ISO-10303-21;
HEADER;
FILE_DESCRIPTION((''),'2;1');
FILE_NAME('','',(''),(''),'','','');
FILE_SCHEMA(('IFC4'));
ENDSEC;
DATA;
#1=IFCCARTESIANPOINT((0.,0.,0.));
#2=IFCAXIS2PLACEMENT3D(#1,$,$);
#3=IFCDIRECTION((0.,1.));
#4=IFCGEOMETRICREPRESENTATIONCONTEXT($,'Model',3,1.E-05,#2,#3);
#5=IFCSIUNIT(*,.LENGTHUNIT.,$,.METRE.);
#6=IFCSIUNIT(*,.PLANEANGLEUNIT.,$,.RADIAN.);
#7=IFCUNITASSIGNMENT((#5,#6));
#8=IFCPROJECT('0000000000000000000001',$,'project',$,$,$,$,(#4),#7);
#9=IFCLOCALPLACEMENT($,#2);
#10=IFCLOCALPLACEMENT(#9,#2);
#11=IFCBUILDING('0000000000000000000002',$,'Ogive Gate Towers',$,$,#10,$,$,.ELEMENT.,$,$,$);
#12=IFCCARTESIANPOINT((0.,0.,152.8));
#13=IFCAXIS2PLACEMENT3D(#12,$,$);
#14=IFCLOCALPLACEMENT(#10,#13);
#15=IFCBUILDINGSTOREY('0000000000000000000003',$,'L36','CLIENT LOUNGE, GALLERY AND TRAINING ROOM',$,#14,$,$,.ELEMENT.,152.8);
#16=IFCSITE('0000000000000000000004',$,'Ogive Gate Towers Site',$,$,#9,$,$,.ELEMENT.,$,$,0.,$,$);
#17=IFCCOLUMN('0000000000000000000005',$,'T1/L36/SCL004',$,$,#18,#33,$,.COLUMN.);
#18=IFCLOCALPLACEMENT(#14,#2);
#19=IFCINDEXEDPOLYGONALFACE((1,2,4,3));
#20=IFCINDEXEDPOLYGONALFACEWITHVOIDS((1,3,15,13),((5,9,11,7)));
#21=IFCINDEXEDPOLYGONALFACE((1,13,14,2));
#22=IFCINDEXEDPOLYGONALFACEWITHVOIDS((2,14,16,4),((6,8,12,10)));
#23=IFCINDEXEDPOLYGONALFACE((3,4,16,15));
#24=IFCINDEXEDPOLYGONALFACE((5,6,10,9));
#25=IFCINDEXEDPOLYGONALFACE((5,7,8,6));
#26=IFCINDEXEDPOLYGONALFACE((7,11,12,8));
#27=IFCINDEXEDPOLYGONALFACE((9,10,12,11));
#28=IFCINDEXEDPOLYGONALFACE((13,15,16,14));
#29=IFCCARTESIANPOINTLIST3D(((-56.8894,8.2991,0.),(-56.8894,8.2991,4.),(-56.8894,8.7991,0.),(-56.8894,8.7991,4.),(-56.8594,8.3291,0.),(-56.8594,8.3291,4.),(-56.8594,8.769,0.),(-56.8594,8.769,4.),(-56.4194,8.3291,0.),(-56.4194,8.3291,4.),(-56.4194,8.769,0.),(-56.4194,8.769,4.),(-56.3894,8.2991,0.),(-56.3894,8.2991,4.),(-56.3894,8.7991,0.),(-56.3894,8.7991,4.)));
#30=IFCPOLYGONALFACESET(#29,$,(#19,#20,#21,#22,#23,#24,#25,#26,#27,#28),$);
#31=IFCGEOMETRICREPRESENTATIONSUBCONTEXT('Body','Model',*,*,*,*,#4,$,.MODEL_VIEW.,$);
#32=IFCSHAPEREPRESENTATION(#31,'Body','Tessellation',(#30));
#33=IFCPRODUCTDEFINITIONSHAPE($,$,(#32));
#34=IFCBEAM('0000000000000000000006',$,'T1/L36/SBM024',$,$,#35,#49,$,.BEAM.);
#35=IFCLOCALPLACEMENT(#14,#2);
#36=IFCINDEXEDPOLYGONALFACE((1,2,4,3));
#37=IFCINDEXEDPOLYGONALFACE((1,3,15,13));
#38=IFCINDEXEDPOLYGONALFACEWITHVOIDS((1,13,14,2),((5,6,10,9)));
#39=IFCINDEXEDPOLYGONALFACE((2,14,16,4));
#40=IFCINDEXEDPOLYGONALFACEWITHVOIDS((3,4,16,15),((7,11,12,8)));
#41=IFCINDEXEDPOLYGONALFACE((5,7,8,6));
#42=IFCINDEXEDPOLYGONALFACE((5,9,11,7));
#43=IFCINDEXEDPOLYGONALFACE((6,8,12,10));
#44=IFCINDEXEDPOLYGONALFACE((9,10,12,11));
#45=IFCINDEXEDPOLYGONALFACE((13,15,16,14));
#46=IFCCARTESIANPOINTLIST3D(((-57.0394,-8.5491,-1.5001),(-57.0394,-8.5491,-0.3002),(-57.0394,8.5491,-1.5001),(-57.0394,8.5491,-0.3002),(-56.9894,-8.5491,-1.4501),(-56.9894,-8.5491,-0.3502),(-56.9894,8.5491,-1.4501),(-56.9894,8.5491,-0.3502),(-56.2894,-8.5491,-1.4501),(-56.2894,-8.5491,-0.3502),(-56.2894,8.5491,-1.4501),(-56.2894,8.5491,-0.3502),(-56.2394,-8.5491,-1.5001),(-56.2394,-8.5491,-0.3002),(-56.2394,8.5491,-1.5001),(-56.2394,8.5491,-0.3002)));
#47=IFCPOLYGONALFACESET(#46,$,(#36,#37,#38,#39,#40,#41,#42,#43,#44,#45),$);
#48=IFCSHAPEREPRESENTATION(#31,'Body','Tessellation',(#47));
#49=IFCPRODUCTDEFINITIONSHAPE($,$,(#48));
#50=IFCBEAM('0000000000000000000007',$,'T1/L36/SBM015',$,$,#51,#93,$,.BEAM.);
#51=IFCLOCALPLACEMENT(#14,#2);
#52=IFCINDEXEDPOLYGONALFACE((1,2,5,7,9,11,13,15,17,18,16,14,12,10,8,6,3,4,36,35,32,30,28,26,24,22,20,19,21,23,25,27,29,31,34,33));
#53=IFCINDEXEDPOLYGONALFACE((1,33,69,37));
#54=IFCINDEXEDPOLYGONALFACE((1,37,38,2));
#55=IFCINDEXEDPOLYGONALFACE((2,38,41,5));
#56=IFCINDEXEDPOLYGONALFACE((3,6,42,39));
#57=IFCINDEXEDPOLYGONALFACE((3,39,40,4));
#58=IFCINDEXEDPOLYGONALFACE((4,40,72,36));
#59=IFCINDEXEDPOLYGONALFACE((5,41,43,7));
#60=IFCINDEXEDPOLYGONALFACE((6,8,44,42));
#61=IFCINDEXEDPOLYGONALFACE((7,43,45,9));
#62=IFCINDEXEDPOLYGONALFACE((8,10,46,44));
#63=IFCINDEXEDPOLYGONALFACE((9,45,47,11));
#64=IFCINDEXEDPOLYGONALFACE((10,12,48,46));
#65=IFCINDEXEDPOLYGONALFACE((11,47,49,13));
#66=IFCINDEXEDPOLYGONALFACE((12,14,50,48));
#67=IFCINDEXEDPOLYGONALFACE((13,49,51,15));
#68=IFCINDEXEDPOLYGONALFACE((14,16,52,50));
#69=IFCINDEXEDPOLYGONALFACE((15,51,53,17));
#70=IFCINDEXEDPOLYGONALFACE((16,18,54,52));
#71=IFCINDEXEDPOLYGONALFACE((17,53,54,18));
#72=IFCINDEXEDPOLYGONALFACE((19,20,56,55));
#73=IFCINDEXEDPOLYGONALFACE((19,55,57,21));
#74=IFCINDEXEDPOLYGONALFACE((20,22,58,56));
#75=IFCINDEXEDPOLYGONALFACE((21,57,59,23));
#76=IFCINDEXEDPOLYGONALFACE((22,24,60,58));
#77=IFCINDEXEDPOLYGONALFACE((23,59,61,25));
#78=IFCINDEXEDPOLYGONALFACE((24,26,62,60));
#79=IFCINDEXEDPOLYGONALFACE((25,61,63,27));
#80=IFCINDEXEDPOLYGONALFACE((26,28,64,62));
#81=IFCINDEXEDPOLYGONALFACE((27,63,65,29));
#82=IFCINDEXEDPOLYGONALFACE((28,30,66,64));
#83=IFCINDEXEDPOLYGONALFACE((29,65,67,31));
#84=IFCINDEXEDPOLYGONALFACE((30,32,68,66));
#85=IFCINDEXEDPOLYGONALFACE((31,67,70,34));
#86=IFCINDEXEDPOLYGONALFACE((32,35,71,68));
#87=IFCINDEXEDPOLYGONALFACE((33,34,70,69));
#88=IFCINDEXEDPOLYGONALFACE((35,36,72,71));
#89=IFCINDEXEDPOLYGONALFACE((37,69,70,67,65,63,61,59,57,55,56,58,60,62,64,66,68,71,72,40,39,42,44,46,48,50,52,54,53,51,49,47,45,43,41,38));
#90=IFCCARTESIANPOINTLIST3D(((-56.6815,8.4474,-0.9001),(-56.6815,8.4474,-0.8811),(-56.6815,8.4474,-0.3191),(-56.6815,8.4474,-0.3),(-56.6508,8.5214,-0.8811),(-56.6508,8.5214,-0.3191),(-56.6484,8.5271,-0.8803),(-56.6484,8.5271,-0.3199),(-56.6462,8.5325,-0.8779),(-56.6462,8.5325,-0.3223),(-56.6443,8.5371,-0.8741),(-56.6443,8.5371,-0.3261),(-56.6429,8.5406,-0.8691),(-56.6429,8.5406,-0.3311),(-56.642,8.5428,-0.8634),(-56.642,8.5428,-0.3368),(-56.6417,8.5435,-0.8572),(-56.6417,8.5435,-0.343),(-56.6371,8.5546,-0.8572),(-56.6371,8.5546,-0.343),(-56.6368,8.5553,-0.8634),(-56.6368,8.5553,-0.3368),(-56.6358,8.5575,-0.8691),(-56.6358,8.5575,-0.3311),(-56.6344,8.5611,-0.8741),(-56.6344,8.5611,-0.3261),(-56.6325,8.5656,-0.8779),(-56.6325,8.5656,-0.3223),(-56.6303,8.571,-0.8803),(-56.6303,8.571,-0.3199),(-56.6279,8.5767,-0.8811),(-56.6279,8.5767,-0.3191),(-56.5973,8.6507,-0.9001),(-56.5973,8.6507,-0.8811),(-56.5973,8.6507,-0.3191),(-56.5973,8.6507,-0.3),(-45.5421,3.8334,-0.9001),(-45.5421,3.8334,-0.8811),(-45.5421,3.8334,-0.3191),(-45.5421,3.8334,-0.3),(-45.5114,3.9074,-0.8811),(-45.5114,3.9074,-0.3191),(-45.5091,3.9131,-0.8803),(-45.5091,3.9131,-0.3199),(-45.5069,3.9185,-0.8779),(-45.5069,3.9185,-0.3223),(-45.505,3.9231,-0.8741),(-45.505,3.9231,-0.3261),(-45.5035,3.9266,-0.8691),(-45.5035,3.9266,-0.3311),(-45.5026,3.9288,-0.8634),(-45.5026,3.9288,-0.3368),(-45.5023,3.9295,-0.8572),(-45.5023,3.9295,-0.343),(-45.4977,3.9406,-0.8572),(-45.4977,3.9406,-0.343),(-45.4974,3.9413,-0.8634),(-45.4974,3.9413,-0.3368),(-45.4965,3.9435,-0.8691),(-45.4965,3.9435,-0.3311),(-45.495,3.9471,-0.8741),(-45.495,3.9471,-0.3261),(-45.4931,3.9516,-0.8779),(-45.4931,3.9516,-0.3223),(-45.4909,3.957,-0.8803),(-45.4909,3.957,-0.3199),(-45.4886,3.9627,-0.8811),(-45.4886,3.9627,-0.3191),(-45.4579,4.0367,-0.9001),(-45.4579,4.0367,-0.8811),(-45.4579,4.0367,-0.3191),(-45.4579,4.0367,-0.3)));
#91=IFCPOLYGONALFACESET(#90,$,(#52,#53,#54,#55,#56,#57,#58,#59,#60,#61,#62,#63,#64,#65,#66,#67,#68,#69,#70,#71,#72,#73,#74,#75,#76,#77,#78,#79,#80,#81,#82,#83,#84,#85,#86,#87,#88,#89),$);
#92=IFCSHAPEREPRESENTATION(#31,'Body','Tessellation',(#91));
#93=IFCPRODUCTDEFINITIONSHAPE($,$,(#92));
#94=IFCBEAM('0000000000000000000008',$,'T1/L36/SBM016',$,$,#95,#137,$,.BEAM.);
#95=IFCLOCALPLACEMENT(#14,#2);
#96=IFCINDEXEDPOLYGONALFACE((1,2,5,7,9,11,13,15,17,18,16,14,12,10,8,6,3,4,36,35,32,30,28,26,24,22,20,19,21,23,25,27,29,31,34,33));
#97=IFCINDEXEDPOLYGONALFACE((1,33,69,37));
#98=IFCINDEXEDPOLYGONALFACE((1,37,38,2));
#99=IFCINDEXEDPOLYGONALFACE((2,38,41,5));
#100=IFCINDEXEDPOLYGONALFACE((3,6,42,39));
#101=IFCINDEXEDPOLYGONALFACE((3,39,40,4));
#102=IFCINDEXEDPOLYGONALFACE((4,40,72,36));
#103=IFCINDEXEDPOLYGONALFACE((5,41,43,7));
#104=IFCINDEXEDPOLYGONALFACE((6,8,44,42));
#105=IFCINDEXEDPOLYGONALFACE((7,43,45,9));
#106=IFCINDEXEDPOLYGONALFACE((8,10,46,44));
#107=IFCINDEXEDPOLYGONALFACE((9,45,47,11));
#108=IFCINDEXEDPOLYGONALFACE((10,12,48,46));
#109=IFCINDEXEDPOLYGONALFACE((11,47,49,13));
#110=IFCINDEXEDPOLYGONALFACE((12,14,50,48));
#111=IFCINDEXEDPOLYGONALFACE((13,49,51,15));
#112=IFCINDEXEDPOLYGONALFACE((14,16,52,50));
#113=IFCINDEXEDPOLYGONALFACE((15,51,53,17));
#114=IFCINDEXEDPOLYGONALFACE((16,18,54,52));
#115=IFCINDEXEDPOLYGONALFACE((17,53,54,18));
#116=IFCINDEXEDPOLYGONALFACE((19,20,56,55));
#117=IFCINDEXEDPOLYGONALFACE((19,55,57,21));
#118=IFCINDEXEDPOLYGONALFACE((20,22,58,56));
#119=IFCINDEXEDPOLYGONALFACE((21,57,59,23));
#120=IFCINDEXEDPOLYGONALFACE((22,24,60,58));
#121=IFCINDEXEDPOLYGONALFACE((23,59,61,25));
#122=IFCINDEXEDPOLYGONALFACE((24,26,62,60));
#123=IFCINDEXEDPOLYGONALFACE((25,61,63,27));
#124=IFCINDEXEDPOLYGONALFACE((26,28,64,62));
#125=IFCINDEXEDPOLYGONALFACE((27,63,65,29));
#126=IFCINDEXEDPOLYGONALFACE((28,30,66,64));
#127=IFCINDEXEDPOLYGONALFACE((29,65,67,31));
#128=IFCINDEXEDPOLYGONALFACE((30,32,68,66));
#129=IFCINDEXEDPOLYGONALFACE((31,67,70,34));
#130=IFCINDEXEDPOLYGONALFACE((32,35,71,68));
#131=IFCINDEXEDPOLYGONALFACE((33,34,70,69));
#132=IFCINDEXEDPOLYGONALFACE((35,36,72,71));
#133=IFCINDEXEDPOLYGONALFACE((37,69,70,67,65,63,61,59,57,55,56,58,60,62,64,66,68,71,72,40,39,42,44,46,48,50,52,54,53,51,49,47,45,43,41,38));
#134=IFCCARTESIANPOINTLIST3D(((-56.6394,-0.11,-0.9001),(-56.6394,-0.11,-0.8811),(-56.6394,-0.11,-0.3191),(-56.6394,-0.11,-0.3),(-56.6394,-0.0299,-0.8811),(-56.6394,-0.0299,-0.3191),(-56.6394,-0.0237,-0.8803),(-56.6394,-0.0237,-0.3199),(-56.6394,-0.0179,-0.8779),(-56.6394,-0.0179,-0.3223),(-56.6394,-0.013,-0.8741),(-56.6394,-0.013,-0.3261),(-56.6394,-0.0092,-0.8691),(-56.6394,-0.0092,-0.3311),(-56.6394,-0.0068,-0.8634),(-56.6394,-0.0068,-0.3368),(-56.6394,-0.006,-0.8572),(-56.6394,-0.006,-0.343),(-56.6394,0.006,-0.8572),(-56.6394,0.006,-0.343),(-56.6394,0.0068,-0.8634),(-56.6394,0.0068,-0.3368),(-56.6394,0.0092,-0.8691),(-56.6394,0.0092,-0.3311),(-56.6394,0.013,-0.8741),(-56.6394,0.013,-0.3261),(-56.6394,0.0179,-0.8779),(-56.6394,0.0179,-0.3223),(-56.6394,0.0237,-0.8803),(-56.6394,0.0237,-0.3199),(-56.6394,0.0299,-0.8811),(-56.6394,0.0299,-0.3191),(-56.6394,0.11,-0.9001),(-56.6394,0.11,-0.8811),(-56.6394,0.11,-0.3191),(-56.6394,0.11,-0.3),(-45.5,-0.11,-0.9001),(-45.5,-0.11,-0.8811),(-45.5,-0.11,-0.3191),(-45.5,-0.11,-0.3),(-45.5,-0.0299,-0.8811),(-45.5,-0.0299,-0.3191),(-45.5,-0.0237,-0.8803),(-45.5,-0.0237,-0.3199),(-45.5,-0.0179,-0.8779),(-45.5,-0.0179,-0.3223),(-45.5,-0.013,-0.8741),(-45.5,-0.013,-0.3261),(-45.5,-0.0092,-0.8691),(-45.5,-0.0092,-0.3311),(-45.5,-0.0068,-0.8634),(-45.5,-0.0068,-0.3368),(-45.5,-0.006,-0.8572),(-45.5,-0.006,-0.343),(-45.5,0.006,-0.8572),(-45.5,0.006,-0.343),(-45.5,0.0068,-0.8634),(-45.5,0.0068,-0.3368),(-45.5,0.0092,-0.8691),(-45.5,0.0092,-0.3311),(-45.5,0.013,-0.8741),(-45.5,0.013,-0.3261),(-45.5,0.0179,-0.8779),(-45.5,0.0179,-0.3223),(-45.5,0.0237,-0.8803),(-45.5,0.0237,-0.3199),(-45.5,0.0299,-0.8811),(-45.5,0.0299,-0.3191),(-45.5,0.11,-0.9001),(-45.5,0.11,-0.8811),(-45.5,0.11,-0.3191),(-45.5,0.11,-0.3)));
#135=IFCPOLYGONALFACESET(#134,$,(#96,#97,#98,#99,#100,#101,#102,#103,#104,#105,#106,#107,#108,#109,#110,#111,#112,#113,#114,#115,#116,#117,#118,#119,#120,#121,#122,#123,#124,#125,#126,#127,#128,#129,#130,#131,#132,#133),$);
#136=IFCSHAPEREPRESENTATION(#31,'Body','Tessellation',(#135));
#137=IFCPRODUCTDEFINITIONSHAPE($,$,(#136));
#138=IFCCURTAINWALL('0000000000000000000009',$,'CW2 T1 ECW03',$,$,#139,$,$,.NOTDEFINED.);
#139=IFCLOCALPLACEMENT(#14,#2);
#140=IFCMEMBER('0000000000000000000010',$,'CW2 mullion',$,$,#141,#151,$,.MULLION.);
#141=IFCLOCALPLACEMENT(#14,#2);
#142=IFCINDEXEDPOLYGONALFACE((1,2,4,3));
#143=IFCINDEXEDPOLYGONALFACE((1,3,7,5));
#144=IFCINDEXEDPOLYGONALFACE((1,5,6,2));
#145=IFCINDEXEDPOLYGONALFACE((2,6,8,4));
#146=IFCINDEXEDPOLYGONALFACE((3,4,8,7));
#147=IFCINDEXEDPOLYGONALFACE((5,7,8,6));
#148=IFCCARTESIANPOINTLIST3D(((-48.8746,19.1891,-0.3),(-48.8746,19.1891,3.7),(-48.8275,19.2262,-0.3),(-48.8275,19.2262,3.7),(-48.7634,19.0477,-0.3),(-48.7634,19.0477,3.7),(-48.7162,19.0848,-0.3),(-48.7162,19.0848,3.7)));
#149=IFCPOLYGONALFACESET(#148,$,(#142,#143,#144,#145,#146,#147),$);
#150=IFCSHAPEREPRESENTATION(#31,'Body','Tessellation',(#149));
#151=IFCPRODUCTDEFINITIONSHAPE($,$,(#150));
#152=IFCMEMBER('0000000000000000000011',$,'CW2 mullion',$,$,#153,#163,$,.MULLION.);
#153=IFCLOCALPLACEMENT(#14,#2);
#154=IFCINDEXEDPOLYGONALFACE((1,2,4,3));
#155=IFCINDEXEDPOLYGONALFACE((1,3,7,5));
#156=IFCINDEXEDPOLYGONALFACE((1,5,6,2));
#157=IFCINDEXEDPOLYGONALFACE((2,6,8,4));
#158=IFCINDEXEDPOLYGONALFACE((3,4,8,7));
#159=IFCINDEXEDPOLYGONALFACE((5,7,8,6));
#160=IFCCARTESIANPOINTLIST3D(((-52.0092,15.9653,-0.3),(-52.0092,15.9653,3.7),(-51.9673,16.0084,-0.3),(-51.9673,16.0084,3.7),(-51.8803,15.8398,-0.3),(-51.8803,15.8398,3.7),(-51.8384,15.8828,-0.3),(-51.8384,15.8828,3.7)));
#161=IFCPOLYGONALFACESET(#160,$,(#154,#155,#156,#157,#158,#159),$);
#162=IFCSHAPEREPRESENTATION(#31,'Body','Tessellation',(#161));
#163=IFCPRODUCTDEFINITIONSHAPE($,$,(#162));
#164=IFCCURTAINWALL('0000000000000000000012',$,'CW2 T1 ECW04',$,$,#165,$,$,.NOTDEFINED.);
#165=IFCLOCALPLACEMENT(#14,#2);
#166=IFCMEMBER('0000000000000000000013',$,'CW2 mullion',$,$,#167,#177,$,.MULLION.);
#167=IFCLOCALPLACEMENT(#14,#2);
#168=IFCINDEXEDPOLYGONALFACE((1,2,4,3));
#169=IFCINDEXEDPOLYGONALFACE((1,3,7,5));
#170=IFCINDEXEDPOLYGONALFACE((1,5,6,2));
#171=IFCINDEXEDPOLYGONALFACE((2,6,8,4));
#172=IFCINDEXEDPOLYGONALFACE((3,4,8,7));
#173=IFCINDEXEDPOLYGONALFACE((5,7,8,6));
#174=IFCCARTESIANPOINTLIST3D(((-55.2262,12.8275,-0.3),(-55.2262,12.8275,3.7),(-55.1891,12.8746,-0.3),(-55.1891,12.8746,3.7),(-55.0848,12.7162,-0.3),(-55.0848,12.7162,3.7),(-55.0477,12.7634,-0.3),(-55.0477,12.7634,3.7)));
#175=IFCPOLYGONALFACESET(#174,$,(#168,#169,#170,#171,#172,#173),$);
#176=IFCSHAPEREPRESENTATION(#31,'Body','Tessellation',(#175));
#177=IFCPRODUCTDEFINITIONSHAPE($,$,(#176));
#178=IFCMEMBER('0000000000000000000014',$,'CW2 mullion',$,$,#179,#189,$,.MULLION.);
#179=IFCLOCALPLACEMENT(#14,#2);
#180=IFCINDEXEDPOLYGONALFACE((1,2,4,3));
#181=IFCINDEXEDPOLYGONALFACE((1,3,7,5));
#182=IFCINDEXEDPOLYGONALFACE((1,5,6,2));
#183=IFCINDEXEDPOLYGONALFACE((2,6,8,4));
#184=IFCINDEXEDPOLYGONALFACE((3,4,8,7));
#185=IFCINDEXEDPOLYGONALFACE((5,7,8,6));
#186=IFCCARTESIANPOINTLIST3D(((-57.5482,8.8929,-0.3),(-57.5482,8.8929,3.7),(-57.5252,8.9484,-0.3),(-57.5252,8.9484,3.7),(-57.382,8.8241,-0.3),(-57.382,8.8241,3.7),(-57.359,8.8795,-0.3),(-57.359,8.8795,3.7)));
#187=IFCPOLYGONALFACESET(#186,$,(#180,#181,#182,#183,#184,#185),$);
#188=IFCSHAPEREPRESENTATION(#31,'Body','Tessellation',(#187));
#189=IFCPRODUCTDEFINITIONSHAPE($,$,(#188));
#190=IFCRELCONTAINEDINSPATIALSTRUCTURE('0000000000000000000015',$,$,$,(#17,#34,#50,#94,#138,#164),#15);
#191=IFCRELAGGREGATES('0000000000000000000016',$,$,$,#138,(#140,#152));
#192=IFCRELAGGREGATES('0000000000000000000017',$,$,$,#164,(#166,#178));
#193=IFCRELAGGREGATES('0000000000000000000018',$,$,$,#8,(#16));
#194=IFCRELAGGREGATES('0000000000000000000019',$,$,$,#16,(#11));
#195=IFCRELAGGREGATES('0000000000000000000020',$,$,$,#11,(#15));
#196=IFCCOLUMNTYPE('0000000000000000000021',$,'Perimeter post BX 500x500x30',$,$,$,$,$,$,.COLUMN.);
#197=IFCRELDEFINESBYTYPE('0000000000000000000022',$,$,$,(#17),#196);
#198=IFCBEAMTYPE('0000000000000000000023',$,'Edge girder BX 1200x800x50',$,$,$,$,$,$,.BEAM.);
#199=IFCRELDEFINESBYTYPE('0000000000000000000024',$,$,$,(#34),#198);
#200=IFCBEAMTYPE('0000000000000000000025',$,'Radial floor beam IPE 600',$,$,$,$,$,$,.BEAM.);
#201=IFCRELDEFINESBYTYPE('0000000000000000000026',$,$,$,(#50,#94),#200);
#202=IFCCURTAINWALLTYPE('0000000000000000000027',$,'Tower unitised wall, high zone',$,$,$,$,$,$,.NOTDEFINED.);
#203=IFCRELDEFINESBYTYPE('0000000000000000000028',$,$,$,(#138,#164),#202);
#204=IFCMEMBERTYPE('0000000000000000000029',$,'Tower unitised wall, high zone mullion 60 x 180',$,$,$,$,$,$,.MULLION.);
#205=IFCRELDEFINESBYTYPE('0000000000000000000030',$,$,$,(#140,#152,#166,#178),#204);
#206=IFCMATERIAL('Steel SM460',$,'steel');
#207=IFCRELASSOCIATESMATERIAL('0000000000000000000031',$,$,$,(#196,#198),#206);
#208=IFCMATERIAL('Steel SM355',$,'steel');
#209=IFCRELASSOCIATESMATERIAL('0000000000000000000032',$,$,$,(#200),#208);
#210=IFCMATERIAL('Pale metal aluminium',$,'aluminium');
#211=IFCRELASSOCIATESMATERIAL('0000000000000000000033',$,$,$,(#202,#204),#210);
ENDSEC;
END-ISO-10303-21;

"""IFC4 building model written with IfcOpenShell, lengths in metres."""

from ifc_helpers import new_model, si_unit, direction, frame, origin, origin_2d, place, context, subcontext, project, spatial, rectangle, hollow_rectangle, i_section, extrude, material, material_profile, profile_set, type_object, element, aggregate, save


model = new_model("IFC4")

# Units and contexts
model_context = context("Model", 3, precision=1e-05, world=origin(), true_north=direction((0.0, 1.0)))
body_context = subcontext(model_context, "Body", "Model", "MODEL_VIEW")
ifc_project = project(units=[si_unit("LENGTHUNIT", "METRE"), si_unit("PLANEANGLEUNIT", "RADIAN")], contexts=[model_context])

# Site, building, storey
site_placement = place(None, origin())
site = spatial("IfcSite", under=ifc_project, at=site_placement, Name="Ogive Gate Towers Site", CompositionType="ELEMENT", RefElevation=0.0)
building_placement = place(site_placement, origin())
building = spatial("IfcBuilding", under=site, at=building_placement, Name="Ogive Gate Towers", CompositionType="ELEMENT")
storey_placement = place(building_placement, frame((0.0, 0.0, 152.8)))
storey = spatial("IfcBuildingStorey", under=building, at=storey_placement, Name="L36", Description="CLIENT LOUNGE, GALLERY AND TRAINING ROOM", CompositionType="ELEMENT", Elevation=152.8)

# Column
ifc_material_1 = material(Name="Steel SM460", Category="steel")
ifc_material_profile_1 = material_profile(ifc_material_1, hollow_rectangle(XDim=0.5, YDim=0.5, WallThickness=0.03, at=origin_2d()), Name="BX 500x500x30")
ifc_profile_set_1 = profile_set([ifc_material_profile_1], Name="Steel SM460")
column_type = type_object("IfcColumnType", Name="Perimeter post BX 500x500x30", PredefinedType="COLUMN", material=ifc_profile_set_1)
column_placement = place(storey_placement, frame((-56.6394, 8.5491, 0.0), z_axis=(0.0, 0.0, 1.0), x_axis=(1.0, 0.0, 0.0)))
element("IfcColumn", 1, at=column_placement, inside=storey, type_object=column_type, Name="T1/L36/SCL004", PredefinedType="COLUMN", context=body_context, shape_type="SweptSolid", body=[
    extrude(hollow_rectangle(XDim=0.5, YDim=0.5, WallThickness=0.03, at=origin_2d()), origin(), (0.0, 0.0, 1.0), 4.0),
])

# Beams
ifc_material_profile_2 = material_profile(ifc_material_1, hollow_rectangle(XDim=0.8, YDim=1.2, WallThickness=0.05, at=origin_2d()), Name="BX 1200x800x50")
ifc_profile_set_2 = profile_set([ifc_material_profile_2], Name="Steel SM460")
beam_type_1 = type_object("IfcBeamType", Name="Edge girder BX 1200x800x50", PredefinedType="BEAM", material=ifc_profile_set_2)
beam_1_placement = place(storey_placement, frame((-56.6394, 8.5491, -0.9001), z_axis=(0.0, -1.0, 0.0), x_axis=(1.0, 0.0, 0.0)))
element("IfcBeam", 2, at=beam_1_placement, inside=storey, type_object=beam_type_1, Name="T1/L36/SBM024", PredefinedType="BEAM", context=body_context, shape_type="SweptSolid", body=[
    extrude(hollow_rectangle(XDim=0.8, YDim=1.2, WallThickness=0.05, at=origin_2d()), origin(), (0.0, 0.0, 1.0), 17.0981),
])
ifc_material_2 = material(Name="Steel SM355", Category="steel")
ifc_material_profile_3 = material_profile(ifc_material_2, i_section(OverallWidth=0.22, OverallDepth=0.6001, WebThickness=0.012, FlangeThickness=0.019, FilletRadius=0.0239, at=origin_2d()), Name="IPE 600")
ifc_profile_set_3 = profile_set([ifc_material_profile_3], Name="Steel SM355")
beam_type_2 = type_object("IfcBeamType", Name="Radial floor beam IPE 600", PredefinedType="BEAM", material=ifc_profile_set_3)
beam_2_placement = place(storey_placement, frame((-45.5, 3.9351, -0.6001), z_axis=(-0.923882, 0.382678, 0.0), x_axis=(-0.382678, -0.923882, 0.0)))
element("IfcBeam", 3, at=beam_2_placement, inside=storey, type_object=beam_type_2, Name="T1/L36/SBM015", PredefinedType="BEAM", context=body_context, shape_type="SweptSolid", body=[
    extrude(i_section(OverallWidth=0.22, OverallDepth=0.6001, WebThickness=0.012, FlangeThickness=0.019, FilletRadius=0.0239, at=origin_2d()), origin(), (0.0, 0.0, 1.0), 12.0571),
])
beam_3_placement = place(storey_placement, frame((-45.5, 0.0, -0.6001), z_axis=(-1.0, 0.0, 0.0), x_axis=(0.0, -1.0, 0.0)))
element("IfcBeam", 4, at=beam_3_placement, inside=storey, type_object=beam_type_2, Name="T1/L36/SBM016", PredefinedType="BEAM", context=body_context, shape_type="SweptSolid", body=[
    extrude(i_section(OverallWidth=0.22, OverallDepth=0.6001, WebThickness=0.012, FlangeThickness=0.019, FilletRadius=0.0239, at=origin_2d()), origin(), (0.0, 0.0, 1.0), 11.1394),
])

# Curtain walls, members
ifc_material_3 = material(Name="Pale metal aluminium", Category="aluminium")
curtain_wall_type = type_object("IfcCurtainWallType", Name="Tower unitised wall, high zone", PredefinedType="NOTDEFINED", material=ifc_material_3)
curtain_wall_1_placement = place(storey_placement, origin())
curtain_wall_1 = element("IfcCurtainWall", 5, at=curtain_wall_1_placement, inside=storey, type_object=curtain_wall_type, Name="CW2 T1 ECW03", PredefinedType="NOTDEFINED")
ifc_material_profile_4 = material_profile(ifc_material_3, rectangle(XDim=0.1799, YDim=0.0601, at=origin_2d()), Name="60 x 180 aluminium box")
ifc_profile_set_4 = profile_set([ifc_material_profile_4], Name="Pale metal aluminium")
member_type_1 = type_object("IfcMemberType", Name="Tower unitised wall, high zone mullion 60 x 180", PredefinedType="MULLION", material=ifc_profile_set_4)
member_1_placement = place(storey_placement, frame((-48.7954, 19.137, -0.3), z_axis=(0.0, 0.0, 1.0), x_axis=(-0.618477, 0.785803, 0.0)))
member_1 = element("IfcMember", 6, at=member_1_placement, type_object=member_type_1, Name="CW2 mullion", PredefinedType="MULLION", context=body_context, shape_type="SweptSolid", body=[
    extrude(rectangle(XDim=0.1799, YDim=0.0601, at=origin_2d()), origin(), (0.0, 0.0, 1.0), 4.0),
])
member_2_placement = place(storey_placement, frame((-51.9238, 15.9241, -0.3), z_axis=(0.0, 0.0, 1.0), x_axis=(-0.716436, 0.697653, 0.0)))
member_2 = element("IfcMember", 7, at=member_2_placement, type_object=member_type_1, Name="CW2 mullion", PredefinedType="MULLION", context=body_context, shape_type="SweptSolid", body=[
    extrude(rectangle(XDim=0.1799, YDim=0.0601, at=origin_2d()), origin(), (0.0, 0.0, 1.0), 4.0),
])
curtain_wall_2_placement = place(storey_placement, origin())
curtain_wall_2 = element("IfcCurtainWall", 8, at=curtain_wall_2_placement, inside=storey, type_object=curtain_wall_type, Name="CW2 T1 ECW04", PredefinedType="NOTDEFINED")
member_3_placement = place(storey_placement, frame((-55.137, 12.7954, -0.3), z_axis=(0.0, 0.0, 1.0), x_axis=(-0.785803, 0.618477, 0.0)))
member_3 = element("IfcMember", 9, at=member_3_placement, type_object=member_type_1, Name="CW2 mullion", PredefinedType="MULLION", context=body_context, shape_type="SweptSolid", body=[
    extrude(rectangle(XDim=0.1799, YDim=0.0601, at=origin_2d()), origin(), (0.0, 0.0, 1.0), 4.0),
])
member_4_placement = place(storey_placement, frame((-57.4536, 8.8862, -0.3), z_axis=(0.0, 0.0, 1.0), x_axis=(-0.92388, 0.382683, 0.0)))
member_4 = element("IfcMember", 10, at=member_4_placement, type_object=member_type_1, Name="CW2 mullion", PredefinedType="MULLION", context=body_context, shape_type="SweptSolid", body=[
    extrude(rectangle(XDim=0.1799, YDim=0.0601, at=origin_2d()), origin(), (0.0, 0.0, 1.0), 4.0),
])

aggregate(curtain_wall_1, [member_1, member_2])
aggregate(curtain_wall_2, [member_3, member_4])

save(model, "model.ifc")
